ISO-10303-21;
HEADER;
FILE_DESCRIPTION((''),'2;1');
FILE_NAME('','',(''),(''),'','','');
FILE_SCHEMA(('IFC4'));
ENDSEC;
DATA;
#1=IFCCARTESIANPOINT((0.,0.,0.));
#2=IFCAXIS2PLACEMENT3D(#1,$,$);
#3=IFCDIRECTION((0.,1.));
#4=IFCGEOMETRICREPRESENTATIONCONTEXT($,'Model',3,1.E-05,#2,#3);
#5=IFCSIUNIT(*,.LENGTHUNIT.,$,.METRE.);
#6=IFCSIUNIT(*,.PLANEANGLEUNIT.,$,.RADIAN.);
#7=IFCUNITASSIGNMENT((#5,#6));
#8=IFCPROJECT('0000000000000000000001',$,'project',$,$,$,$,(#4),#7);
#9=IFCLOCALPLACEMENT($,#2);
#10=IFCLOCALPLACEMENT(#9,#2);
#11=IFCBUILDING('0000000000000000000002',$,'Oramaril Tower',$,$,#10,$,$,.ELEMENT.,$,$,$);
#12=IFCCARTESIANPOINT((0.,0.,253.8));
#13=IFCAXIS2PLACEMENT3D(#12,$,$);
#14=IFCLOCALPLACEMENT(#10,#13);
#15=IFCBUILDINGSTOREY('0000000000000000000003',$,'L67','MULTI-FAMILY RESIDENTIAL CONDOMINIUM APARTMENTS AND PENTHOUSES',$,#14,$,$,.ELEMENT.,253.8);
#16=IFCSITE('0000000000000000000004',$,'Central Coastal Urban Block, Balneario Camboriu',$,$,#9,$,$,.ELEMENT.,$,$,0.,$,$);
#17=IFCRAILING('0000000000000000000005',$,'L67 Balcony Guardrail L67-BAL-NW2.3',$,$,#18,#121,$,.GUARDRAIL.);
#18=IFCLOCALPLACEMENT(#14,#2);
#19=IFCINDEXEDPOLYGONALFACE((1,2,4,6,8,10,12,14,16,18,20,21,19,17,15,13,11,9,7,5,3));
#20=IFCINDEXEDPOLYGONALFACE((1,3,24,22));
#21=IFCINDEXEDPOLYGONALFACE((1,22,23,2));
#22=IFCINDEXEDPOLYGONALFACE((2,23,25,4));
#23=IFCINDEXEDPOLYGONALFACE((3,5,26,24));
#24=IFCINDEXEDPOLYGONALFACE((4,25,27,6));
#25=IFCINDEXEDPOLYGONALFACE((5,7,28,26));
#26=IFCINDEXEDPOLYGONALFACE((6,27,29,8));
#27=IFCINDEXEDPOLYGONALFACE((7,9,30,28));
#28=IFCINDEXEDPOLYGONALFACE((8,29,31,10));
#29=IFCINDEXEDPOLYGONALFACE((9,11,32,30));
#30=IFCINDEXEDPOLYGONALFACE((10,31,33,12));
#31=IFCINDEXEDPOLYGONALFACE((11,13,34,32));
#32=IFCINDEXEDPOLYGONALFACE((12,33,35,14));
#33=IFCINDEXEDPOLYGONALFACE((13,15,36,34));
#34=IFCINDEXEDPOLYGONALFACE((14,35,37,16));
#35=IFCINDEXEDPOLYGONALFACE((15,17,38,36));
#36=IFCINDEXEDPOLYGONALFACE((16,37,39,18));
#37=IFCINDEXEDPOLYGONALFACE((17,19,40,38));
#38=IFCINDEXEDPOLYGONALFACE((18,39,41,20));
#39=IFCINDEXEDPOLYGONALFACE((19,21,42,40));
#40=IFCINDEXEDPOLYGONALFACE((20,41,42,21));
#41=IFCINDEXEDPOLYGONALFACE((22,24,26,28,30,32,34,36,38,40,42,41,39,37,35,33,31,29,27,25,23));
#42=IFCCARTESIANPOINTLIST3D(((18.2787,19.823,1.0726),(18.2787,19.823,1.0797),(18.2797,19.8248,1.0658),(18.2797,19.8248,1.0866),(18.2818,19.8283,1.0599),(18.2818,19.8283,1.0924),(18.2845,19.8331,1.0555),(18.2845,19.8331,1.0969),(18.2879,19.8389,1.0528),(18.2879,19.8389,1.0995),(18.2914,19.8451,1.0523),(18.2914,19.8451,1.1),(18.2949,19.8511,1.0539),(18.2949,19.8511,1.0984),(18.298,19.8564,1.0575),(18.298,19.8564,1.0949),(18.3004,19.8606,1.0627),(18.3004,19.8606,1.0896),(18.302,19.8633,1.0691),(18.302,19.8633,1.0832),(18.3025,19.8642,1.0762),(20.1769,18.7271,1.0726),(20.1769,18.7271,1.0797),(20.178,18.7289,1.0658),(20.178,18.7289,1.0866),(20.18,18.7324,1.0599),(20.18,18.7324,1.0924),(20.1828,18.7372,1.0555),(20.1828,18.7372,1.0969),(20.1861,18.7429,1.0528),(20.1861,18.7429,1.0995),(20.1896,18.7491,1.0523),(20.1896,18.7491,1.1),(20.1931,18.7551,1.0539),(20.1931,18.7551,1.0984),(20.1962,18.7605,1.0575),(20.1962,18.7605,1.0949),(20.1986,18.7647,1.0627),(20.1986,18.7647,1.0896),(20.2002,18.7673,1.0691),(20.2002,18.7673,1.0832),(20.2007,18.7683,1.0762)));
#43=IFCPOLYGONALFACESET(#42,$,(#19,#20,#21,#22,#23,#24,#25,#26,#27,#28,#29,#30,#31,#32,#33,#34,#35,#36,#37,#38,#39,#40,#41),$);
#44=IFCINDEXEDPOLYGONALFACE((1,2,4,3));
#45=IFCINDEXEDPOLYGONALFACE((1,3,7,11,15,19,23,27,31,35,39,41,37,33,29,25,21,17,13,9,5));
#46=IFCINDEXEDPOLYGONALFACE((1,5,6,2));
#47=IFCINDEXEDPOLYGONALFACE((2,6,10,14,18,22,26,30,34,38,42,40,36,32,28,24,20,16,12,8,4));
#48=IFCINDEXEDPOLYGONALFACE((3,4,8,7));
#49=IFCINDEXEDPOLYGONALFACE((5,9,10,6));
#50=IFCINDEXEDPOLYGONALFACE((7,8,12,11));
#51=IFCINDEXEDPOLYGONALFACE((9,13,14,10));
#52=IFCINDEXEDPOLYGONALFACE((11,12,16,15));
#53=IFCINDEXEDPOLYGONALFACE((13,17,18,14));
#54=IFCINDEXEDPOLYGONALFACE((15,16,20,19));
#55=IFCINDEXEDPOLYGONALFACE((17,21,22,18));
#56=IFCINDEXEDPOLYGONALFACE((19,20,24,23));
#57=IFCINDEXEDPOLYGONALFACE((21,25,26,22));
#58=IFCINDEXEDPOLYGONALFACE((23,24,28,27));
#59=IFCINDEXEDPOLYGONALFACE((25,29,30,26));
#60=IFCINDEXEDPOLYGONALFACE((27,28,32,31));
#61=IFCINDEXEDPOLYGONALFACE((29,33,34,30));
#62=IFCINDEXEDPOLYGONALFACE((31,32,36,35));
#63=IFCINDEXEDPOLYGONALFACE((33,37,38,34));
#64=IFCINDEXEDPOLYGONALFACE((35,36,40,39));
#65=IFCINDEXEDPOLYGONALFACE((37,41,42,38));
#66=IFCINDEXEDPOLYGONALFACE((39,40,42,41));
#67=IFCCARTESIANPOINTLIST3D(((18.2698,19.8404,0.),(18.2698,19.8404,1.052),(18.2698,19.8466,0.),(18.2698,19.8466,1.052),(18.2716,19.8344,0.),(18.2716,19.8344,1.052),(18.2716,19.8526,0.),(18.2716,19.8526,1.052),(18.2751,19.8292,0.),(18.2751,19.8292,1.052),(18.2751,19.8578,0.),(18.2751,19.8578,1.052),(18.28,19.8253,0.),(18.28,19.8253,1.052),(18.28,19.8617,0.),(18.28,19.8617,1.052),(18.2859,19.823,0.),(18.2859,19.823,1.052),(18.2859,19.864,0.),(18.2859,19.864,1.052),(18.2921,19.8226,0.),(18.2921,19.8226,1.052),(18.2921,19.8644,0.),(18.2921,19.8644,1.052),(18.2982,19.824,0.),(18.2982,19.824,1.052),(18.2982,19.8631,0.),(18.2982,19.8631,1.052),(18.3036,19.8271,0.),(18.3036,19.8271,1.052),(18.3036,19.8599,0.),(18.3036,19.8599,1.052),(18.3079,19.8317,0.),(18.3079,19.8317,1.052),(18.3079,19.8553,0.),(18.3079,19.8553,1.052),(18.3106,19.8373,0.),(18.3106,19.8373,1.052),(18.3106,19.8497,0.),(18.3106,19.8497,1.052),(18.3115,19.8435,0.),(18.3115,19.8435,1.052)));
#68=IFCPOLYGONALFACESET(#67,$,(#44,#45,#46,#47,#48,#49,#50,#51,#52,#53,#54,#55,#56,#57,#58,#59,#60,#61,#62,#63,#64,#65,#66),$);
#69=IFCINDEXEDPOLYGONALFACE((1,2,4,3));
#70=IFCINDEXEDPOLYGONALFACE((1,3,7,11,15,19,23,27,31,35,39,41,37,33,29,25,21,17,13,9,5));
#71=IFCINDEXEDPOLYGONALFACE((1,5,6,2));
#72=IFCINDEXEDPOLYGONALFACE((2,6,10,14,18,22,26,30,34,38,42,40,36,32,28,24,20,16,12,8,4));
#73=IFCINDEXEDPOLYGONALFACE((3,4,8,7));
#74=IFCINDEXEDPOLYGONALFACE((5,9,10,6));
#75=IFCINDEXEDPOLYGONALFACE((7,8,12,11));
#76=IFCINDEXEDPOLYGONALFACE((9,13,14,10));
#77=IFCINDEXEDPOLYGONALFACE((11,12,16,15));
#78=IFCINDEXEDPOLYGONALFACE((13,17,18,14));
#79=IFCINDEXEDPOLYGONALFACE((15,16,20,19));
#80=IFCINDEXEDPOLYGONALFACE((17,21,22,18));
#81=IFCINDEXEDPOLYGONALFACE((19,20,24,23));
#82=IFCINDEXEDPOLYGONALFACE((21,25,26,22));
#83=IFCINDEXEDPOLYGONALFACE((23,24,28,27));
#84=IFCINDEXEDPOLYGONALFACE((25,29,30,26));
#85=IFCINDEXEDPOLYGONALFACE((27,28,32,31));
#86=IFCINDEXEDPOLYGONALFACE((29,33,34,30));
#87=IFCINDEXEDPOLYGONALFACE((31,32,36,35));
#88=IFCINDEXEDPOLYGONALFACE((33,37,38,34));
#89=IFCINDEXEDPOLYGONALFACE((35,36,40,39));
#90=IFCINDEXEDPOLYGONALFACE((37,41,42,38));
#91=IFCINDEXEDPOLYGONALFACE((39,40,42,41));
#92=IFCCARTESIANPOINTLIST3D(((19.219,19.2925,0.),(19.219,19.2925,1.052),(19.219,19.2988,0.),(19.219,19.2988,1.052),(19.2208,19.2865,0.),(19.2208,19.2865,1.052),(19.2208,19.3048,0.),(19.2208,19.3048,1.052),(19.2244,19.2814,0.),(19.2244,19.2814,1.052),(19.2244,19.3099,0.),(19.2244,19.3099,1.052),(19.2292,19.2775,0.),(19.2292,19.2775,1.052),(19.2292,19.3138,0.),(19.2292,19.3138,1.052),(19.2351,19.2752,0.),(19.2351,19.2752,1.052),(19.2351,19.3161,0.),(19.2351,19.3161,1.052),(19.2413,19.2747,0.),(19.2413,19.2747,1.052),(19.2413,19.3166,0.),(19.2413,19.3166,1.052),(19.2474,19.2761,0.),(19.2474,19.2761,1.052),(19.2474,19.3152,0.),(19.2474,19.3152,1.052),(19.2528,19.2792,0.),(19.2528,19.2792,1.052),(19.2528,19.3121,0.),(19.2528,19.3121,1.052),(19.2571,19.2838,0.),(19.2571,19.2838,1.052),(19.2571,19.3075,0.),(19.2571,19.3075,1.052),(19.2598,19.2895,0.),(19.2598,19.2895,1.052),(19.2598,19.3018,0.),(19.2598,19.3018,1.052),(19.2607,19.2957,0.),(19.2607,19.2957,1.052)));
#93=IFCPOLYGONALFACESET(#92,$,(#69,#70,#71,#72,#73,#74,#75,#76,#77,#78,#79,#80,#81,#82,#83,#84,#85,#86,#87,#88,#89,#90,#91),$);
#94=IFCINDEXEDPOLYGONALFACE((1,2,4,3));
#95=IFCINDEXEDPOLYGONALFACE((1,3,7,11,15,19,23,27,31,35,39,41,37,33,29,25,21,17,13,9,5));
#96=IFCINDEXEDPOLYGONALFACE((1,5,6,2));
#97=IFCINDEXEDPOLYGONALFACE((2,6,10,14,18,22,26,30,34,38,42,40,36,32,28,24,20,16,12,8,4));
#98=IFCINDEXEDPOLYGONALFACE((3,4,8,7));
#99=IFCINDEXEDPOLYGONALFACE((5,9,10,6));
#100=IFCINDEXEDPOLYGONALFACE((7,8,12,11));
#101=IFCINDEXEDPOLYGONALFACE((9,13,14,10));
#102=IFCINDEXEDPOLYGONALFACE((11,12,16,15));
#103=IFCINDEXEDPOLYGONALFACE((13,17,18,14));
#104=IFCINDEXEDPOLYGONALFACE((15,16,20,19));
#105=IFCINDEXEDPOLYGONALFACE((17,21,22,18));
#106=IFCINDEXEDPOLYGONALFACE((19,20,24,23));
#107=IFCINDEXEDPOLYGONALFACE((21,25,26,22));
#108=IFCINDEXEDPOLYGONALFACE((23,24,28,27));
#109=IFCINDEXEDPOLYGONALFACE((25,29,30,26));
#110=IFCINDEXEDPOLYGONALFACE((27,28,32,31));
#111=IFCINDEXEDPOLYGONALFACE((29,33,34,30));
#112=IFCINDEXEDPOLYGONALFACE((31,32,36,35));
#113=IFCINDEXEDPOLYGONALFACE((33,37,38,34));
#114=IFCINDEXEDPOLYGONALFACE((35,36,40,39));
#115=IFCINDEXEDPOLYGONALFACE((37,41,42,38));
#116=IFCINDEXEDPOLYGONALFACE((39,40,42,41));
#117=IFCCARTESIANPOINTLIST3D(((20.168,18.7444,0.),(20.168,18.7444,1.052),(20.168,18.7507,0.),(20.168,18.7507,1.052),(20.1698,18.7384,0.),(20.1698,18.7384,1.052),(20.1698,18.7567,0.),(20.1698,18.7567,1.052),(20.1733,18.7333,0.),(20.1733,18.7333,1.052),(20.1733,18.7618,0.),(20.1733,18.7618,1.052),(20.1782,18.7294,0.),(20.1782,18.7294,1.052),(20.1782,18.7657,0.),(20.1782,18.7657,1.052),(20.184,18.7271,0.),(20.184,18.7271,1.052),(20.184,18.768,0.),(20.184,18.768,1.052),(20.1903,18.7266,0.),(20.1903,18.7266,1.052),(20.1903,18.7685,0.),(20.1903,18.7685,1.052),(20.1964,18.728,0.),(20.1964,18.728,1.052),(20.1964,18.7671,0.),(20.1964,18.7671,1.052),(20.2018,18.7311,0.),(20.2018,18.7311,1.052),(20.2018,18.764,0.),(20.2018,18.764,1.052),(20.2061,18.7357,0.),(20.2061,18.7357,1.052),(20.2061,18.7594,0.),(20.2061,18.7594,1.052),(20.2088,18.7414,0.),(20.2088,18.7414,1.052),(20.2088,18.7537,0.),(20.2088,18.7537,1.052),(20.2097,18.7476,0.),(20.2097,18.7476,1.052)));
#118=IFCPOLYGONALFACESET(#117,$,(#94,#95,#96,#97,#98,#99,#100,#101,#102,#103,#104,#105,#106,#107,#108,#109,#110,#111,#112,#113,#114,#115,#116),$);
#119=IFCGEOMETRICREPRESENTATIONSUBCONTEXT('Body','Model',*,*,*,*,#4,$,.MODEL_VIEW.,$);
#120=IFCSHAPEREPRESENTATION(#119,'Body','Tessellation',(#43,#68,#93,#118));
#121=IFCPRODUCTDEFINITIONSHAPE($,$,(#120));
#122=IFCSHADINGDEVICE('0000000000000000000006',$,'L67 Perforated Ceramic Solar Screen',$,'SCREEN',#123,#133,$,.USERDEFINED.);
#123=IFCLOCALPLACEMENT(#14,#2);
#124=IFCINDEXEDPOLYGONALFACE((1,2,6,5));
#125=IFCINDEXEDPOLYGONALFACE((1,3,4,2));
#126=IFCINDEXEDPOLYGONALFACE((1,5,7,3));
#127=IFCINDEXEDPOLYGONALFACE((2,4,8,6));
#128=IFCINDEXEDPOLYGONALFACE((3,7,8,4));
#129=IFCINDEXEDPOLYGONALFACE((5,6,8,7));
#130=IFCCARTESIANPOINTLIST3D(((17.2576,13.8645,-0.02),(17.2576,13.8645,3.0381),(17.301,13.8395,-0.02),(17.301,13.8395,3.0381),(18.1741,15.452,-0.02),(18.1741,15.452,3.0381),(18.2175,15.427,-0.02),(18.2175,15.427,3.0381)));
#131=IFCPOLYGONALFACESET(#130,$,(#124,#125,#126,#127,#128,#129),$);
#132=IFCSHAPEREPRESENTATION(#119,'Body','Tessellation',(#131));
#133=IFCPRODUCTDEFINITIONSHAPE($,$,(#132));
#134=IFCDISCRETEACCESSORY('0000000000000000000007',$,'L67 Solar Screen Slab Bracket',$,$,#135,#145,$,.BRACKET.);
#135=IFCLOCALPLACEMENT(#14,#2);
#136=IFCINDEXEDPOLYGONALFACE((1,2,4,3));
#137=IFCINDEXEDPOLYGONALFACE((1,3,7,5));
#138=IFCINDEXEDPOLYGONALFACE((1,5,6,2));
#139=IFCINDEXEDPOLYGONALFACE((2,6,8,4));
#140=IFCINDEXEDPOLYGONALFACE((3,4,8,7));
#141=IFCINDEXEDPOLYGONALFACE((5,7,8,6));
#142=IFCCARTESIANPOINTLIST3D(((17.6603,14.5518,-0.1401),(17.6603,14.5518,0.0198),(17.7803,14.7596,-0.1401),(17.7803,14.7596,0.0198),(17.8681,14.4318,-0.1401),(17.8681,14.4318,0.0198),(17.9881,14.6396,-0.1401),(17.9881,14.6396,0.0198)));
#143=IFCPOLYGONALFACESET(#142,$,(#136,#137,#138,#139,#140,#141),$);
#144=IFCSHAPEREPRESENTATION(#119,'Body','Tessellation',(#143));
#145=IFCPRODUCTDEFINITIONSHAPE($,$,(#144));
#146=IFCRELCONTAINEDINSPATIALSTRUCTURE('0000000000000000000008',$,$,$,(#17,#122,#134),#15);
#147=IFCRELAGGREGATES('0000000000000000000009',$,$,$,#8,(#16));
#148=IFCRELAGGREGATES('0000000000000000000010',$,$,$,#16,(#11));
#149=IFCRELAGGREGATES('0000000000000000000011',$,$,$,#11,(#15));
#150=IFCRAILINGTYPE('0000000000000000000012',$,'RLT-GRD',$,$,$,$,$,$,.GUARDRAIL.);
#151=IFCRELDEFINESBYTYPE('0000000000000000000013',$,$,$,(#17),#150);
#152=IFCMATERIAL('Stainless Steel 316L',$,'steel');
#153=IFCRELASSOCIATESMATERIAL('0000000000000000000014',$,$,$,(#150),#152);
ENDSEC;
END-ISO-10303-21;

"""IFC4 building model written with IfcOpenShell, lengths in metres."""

from ifc_helpers import new_model, si_unit, direction, frame, origin, origin_2d, place, context, subcontext, project, spatial, rectangle, circle, extrude, material, type_object, element, save


model = new_model("IFC4")

# Units and contexts
model_context = context("Model", 3, precision=1e-05, world=origin(), true_north=direction((0.0, 1.0)))
body_context = subcontext(model_context, "Body", "Model", "MODEL_VIEW")
ifc_project = project(units=[si_unit("LENGTHUNIT", "METRE"), si_unit("PLANEANGLEUNIT", "RADIAN")], contexts=[model_context])

# Site, building, storey
site_placement = place(None, origin())
site = spatial("IfcSite", under=ifc_project, at=site_placement, Name="Central Coastal Urban Block, Balneario Camboriu", CompositionType="ELEMENT", RefElevation=0.0)
building_placement = place(site_placement, origin())
building = spatial("IfcBuilding", under=site, at=building_placement, Name="Oramaril Tower", CompositionType="ELEMENT")
storey_placement = place(building_placement, frame((0.0, 0.0, 253.8)))
storey = spatial("IfcBuildingStorey", under=building, at=storey_placement, Name="L67", Description="MULTI-FAMILY RESIDENTIAL CONDOMINIUM APARTMENTS AND PENTHOUSES", CompositionType="ELEMENT", Elevation=253.8)

# Railing
ifc_material_1 = material(Name="Stainless Steel 316L", Category="steel")
railing_type = type_object("IfcRailingType", Name="RLT-GRD", PredefinedType="GUARDRAIL", material=ifc_material_1)
railing_1_placement = place(storey_placement, frame((18.2905, 19.8435, 0.0)))
element("IfcRailing", 1, at=railing_1_placement, inside=storey, type_object=railing_type, Name="L67 Balcony Guardrail L67-BAL-NW2.3", PredefinedType="GUARDRAIL", context=body_context, shape_type="SweptSolid", body=[
    extrude(circle(Radius=0.0239, at=origin_2d()), frame((0.0, 0.0, 1.0762), z_axis=(0.866021, -0.500008, 0.0), x_axis=(0.500008, 0.866021, 0.0)), (0.0, 0.0, 1.0), 2.1919),
    extrude(circle(Radius=0.021, at=origin_2d()), origin(), (0.0, 0.0, 1.0), 1.052),
    extrude(circle(Radius=0.021, at=origin_2d()), frame((0.9492, -0.5479, 0.0)), (0.0, 0.0, 1.0), 1.052),
    extrude(circle(Radius=0.021, at=origin_2d()), frame((1.8982, -1.0959, 0.0)), (0.0, 0.0, 1.0), 1.052),
])

# Shading device
shading_device_placement = place(storey_placement, frame((17.7375, 14.6458, -0.02), z_axis=(0.0, 0.0, 1.0), x_axis=(-0.500002, -0.866025, 0.0)))
element("IfcShadingDevice", 2, at=shading_device_placement, inside=storey, Name="L67 Perforated Ceramic Solar Screen", ObjectType="SCREEN", PredefinedType="USERDEFINED", context=body_context, shape_type="SweptSolid", body=[
    extrude(rectangle(XDim=1.833, YDim=0.05, at=origin_2d()), origin(), (0.0, 0.0, 1.0), 3.0581),
])

# Discrete accessory
discrete_accessory_placement = place(storey_placement, frame((17.8242, 14.5957, -0.1401), z_axis=(0.0, 0.0, 1.0), x_axis=(-0.500002, -0.866025, 0.0)))
element("IfcDiscreteAccessory", 3, at=discrete_accessory_placement, inside=storey, Name="L67 Solar Screen Slab Bracket", PredefinedType="BRACKET", context=body_context, shape_type="SweptSolid", body=[
    extrude(rectangle(XDim=0.24, YDim=0.24, at=origin_2d()), origin(), (0.0, 0.0, 1.0), 0.1599),
])

save(model, "model.ifc")
